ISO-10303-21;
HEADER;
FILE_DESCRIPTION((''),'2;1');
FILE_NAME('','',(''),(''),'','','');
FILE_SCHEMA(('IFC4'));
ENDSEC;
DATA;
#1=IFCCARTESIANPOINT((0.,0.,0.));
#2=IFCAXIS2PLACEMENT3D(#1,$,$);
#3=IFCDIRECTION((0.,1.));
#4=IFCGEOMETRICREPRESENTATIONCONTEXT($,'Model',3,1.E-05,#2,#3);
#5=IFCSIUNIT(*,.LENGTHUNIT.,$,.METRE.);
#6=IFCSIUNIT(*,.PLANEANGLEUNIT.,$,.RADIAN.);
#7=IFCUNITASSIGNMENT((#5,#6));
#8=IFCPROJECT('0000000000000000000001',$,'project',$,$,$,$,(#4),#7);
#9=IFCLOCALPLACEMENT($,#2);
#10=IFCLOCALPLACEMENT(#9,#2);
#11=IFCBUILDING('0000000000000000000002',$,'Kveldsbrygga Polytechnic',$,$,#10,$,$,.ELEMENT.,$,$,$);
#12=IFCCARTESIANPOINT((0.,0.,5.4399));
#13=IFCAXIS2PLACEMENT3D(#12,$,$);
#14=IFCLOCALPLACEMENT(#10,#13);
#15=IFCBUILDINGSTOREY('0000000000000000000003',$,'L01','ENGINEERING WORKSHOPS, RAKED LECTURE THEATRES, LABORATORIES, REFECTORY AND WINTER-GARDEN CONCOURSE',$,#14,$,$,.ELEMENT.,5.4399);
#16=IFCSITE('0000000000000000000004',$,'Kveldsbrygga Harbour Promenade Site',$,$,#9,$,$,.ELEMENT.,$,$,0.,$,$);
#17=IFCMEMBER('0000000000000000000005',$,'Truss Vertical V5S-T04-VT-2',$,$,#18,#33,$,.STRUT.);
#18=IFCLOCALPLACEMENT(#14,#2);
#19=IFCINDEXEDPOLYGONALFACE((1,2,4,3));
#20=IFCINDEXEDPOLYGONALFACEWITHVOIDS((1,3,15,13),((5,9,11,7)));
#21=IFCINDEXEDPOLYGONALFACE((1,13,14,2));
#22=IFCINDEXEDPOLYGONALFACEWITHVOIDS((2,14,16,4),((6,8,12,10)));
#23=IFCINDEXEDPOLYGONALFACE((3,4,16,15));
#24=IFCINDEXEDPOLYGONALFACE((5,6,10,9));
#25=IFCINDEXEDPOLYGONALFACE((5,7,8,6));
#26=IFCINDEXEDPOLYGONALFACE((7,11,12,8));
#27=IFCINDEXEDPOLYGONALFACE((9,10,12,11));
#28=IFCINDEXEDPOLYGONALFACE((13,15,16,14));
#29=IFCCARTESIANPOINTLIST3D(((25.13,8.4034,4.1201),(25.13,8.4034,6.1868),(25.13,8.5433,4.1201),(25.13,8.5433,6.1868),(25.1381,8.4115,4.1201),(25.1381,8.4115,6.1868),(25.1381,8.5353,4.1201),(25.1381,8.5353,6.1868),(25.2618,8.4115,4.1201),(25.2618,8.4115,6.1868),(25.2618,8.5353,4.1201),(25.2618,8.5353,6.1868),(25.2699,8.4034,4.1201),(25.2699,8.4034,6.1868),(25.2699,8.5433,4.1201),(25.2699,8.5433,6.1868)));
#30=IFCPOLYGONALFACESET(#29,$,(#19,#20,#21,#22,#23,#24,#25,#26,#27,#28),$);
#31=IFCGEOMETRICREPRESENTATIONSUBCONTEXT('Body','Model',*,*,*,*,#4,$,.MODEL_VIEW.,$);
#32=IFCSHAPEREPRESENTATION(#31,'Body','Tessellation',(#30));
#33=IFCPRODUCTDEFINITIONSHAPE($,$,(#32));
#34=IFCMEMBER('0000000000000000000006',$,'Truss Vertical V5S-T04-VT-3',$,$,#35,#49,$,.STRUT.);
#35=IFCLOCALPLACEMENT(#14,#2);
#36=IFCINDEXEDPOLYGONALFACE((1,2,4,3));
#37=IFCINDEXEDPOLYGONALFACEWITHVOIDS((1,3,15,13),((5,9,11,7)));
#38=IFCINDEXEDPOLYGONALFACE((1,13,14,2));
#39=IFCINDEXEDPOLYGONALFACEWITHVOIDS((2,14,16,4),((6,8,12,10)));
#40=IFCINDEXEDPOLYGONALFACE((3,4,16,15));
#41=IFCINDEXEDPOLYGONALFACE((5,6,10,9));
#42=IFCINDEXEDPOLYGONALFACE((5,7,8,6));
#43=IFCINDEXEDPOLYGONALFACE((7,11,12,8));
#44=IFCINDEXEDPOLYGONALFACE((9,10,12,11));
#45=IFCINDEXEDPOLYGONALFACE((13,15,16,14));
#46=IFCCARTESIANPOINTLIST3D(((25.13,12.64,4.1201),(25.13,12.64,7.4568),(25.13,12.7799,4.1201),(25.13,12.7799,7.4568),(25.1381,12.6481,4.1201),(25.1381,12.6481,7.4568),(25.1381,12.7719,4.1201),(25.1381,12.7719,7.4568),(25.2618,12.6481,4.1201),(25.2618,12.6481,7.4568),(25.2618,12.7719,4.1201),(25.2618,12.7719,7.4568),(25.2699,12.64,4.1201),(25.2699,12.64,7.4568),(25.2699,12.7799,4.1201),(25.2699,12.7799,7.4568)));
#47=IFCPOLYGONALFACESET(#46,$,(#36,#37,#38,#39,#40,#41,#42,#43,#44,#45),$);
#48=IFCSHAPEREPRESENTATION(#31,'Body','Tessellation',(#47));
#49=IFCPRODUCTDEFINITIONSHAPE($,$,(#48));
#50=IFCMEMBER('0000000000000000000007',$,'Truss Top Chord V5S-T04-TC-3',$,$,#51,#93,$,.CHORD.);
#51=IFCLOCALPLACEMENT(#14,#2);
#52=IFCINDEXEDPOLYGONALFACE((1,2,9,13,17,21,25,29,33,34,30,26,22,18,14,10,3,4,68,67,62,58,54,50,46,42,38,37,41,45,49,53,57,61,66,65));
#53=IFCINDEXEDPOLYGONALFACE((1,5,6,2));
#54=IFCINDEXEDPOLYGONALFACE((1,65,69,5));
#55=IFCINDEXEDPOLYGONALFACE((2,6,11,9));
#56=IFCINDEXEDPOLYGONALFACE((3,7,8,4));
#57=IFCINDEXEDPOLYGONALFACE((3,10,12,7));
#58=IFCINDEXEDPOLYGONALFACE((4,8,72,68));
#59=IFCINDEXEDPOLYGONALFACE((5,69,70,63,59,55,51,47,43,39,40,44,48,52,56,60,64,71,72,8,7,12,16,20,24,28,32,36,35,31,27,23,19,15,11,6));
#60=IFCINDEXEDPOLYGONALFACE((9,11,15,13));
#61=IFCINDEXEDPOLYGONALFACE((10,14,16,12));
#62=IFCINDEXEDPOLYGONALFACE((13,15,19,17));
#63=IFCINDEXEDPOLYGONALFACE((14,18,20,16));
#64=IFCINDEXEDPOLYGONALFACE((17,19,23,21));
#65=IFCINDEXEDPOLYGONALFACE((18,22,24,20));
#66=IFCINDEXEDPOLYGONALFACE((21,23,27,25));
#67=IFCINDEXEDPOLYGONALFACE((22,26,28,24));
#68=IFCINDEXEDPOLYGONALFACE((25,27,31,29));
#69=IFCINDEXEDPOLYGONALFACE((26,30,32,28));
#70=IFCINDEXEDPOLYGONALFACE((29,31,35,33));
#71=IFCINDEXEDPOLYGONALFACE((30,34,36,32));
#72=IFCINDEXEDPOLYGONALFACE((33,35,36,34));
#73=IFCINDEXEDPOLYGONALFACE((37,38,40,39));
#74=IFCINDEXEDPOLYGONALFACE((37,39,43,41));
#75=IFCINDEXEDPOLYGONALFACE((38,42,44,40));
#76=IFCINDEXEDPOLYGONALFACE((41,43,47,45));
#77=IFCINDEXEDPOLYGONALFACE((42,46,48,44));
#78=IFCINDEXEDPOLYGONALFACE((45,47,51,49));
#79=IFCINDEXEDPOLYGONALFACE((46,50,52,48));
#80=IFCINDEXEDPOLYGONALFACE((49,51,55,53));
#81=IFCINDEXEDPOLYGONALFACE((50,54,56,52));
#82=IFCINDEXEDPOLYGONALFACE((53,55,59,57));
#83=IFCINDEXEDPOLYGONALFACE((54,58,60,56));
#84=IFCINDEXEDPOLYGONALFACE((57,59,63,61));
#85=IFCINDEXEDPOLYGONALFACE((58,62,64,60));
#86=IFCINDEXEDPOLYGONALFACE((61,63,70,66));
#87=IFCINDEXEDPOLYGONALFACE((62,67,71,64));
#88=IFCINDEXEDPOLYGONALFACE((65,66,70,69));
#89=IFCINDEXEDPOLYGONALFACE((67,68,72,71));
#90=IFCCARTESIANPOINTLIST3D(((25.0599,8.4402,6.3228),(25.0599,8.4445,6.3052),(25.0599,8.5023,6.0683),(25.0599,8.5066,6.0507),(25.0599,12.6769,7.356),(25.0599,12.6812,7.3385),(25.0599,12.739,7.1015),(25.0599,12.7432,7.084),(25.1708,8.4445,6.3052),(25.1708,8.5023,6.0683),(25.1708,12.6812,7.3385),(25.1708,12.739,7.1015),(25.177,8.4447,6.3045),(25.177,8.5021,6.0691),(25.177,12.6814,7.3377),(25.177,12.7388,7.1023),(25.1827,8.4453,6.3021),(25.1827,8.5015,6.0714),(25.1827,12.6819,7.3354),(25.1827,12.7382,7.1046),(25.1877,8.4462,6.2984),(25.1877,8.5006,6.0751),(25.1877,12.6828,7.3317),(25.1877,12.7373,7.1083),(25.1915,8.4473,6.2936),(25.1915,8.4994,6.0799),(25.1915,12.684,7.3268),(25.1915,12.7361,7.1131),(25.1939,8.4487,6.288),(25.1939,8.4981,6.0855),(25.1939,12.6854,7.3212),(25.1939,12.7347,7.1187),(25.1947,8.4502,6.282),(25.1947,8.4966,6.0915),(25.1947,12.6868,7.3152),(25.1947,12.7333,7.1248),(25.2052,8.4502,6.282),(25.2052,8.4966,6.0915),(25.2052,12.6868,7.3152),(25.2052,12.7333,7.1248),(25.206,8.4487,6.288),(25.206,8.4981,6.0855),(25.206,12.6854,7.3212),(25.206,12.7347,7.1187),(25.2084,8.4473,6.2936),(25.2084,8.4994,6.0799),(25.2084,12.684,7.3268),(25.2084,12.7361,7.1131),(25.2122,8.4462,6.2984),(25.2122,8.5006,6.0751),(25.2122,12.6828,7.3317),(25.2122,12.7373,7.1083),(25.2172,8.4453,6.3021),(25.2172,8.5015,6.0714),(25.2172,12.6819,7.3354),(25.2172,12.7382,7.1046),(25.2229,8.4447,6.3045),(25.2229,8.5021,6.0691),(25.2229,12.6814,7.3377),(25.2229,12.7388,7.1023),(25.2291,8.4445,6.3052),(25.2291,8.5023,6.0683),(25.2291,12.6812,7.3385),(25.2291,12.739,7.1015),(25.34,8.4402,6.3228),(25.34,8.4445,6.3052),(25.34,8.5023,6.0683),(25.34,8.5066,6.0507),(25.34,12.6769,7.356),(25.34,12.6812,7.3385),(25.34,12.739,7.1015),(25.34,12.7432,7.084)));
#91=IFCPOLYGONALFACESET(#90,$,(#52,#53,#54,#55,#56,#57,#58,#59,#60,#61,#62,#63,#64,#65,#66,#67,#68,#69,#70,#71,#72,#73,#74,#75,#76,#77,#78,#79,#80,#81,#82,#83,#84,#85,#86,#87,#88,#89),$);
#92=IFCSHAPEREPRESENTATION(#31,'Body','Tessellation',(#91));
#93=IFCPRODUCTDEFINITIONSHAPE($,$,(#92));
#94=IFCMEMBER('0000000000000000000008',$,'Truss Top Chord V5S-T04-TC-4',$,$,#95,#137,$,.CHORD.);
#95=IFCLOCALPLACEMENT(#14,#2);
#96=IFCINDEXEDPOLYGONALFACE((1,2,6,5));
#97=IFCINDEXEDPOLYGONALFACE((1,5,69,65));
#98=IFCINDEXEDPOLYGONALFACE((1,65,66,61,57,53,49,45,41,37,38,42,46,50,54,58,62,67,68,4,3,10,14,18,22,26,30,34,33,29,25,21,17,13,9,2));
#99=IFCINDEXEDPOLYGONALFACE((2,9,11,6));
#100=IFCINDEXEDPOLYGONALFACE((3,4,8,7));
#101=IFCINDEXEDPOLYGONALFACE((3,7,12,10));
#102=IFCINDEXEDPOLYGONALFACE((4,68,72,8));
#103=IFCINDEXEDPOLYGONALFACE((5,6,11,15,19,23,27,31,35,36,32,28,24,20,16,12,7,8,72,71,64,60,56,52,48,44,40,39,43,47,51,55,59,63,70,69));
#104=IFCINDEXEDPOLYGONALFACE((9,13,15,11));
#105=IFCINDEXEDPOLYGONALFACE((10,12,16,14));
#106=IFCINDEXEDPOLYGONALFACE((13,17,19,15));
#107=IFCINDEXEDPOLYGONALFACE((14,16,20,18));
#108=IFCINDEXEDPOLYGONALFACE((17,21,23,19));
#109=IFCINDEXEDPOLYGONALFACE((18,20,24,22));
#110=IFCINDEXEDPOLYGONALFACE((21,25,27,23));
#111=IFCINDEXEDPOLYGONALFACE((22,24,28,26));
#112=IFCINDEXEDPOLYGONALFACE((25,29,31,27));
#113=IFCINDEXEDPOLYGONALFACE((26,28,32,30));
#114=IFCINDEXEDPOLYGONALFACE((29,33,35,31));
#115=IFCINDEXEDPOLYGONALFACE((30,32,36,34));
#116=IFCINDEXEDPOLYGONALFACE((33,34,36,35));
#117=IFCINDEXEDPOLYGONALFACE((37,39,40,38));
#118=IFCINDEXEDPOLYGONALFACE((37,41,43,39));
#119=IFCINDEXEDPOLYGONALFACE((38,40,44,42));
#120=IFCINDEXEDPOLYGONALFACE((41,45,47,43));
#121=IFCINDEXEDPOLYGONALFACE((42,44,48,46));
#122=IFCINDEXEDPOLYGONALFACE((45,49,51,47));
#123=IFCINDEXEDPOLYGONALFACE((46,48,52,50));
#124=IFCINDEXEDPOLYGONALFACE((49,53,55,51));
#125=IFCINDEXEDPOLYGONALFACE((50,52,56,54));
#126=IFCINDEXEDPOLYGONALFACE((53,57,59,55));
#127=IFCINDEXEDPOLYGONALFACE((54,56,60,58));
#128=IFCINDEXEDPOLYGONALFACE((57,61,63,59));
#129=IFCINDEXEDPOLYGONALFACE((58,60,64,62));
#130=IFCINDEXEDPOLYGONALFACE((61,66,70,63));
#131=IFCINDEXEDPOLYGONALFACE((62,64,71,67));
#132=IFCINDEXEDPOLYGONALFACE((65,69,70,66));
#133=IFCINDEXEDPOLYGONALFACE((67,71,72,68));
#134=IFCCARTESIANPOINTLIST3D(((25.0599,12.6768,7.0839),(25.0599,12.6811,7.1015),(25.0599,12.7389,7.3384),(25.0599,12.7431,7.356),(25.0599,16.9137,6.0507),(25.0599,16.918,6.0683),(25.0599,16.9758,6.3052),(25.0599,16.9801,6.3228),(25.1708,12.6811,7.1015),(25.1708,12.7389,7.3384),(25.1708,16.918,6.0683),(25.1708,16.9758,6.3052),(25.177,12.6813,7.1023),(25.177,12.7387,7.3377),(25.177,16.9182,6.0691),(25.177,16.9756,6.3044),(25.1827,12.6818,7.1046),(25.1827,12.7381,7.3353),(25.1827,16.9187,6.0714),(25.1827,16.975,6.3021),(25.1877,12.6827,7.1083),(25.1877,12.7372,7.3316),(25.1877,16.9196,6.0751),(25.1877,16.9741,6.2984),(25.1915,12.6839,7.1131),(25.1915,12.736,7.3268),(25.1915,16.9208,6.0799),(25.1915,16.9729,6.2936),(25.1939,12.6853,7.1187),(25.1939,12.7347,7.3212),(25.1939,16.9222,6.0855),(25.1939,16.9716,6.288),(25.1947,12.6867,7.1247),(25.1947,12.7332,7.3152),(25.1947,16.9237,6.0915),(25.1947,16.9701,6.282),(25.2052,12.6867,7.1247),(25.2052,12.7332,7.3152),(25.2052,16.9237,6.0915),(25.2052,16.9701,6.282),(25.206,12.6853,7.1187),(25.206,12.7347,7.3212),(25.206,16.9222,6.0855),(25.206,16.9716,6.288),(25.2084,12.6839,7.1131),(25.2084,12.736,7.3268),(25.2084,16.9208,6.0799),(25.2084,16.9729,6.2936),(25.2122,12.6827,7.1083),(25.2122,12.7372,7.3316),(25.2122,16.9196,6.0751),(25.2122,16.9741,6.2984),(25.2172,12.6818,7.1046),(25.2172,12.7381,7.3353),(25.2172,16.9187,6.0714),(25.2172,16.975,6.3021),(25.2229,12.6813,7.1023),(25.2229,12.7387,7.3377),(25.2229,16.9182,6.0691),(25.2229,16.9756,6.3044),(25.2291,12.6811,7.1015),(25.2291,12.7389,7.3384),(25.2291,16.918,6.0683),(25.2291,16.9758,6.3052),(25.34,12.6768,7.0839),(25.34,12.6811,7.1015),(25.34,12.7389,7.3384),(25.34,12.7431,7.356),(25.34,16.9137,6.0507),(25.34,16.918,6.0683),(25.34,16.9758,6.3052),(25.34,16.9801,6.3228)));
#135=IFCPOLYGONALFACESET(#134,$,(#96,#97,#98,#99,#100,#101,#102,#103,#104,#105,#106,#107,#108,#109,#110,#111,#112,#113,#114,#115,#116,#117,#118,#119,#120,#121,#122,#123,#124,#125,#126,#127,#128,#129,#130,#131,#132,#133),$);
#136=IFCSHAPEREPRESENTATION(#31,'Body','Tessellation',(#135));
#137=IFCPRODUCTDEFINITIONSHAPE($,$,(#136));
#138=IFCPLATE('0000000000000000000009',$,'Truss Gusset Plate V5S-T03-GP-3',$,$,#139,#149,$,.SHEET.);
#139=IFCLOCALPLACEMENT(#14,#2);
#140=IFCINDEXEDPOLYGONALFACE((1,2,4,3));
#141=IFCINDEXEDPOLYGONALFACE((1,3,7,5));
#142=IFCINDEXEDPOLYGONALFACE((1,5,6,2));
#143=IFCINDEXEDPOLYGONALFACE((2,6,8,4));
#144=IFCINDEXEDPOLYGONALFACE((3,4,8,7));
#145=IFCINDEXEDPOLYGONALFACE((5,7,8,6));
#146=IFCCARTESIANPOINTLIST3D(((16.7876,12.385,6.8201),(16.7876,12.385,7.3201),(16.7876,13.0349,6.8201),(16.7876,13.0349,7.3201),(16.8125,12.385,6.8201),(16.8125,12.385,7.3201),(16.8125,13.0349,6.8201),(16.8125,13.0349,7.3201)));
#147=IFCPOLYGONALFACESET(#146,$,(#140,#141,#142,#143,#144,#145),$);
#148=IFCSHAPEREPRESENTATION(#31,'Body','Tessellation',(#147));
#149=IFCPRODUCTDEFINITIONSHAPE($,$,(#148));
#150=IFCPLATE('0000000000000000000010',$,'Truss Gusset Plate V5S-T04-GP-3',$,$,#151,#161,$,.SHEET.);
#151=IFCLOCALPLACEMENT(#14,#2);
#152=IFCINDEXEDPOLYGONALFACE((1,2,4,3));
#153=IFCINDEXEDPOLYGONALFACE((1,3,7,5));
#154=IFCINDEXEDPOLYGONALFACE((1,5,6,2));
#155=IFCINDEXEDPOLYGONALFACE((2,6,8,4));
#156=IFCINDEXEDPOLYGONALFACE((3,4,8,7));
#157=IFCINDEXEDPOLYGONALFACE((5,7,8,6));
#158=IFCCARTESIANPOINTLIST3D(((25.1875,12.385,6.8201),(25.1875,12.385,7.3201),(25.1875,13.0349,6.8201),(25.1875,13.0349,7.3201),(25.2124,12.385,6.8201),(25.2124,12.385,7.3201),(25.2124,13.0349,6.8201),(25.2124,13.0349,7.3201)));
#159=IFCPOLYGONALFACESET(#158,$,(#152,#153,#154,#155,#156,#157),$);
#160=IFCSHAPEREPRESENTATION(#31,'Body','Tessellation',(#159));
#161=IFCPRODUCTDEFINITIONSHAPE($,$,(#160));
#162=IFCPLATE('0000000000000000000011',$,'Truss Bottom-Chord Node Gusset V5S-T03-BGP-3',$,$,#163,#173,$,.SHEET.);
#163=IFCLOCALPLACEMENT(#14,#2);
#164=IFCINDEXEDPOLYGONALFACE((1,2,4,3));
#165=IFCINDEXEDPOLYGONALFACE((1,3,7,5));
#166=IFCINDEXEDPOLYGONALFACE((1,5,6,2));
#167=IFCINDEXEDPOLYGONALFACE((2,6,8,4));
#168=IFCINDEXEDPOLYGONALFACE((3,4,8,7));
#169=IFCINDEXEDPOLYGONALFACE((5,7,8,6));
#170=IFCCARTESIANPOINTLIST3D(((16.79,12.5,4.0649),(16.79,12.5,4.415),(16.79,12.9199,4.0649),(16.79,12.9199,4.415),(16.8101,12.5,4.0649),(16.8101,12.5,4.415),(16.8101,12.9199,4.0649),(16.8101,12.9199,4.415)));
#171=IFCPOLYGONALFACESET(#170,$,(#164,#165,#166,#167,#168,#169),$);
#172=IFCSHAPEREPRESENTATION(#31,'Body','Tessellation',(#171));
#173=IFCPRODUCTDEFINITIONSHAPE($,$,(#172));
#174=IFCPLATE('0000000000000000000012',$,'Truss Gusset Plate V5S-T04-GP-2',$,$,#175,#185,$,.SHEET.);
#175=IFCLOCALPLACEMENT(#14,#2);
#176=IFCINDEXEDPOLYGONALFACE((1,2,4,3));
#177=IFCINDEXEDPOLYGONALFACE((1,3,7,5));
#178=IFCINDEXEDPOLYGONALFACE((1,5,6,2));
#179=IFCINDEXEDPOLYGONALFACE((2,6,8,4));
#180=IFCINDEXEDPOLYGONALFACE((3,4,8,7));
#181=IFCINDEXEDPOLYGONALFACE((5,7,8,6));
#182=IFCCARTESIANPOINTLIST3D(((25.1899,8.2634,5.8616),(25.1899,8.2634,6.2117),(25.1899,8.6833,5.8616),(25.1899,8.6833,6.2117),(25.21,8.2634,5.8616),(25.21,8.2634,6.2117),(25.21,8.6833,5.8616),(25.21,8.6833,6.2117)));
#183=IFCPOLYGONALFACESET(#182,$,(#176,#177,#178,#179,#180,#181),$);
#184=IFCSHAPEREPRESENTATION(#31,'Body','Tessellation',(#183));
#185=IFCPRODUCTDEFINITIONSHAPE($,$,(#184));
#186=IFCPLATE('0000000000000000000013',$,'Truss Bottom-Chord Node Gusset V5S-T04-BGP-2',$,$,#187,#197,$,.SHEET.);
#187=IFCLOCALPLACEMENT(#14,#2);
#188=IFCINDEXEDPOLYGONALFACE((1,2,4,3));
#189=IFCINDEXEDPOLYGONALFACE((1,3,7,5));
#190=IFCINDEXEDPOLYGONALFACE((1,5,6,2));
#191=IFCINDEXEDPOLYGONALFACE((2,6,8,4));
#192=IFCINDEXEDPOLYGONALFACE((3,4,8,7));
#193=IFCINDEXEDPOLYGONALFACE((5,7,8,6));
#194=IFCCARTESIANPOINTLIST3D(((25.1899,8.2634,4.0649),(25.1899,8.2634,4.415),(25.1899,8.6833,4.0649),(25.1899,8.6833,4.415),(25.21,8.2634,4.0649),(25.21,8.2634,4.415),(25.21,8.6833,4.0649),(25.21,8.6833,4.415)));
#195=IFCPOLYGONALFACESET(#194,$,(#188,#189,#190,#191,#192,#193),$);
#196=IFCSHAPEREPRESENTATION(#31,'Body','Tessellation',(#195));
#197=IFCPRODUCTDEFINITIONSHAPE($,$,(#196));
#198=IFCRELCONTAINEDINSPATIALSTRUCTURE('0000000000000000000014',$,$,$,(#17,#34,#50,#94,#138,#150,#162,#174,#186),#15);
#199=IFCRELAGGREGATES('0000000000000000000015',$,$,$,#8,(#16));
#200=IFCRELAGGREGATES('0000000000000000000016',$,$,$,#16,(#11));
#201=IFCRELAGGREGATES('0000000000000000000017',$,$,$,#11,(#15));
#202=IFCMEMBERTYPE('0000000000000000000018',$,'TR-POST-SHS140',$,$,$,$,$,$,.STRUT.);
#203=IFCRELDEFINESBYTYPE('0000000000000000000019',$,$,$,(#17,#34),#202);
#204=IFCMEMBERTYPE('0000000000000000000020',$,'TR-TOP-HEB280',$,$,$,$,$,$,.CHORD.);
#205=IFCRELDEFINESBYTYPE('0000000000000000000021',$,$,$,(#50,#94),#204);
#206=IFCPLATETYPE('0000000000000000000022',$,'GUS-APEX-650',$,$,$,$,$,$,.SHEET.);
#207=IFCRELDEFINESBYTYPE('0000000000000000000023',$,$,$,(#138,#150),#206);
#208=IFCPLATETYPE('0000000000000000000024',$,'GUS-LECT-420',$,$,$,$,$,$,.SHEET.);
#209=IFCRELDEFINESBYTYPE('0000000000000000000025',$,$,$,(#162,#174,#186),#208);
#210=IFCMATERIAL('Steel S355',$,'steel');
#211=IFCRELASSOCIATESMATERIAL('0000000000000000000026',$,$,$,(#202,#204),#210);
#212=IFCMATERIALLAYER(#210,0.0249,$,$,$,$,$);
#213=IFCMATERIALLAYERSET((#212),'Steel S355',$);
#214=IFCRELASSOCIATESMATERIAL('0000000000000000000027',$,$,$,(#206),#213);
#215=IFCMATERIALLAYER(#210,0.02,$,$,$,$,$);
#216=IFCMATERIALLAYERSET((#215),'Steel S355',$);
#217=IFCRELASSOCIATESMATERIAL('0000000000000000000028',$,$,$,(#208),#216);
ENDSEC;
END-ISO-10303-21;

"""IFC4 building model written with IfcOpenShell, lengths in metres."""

from ifc_helpers import new_model, si_unit, direction, frame, origin, origin_2d, place, context, subcontext, project, spatial, rectangle, hollow_rectangle, i_section, extrude, material, layer, layer_set, material_profile, profile_set, type_object, element, save


model = new_model("IFC4")

# Units and contexts
model_context = context("Model", 3, precision=1e-05, world=origin(), true_north=direction((0.0, 1.0)))
body_context = subcontext(model_context, "Body", "Model", "MODEL_VIEW")
ifc_project = project(units=[si_unit("LENGTHUNIT", "METRE"), si_unit("PLANEANGLEUNIT", "RADIAN")], contexts=[model_context])

# Site, building, storey
site_placement = place(None, origin())
site = spatial("IfcSite", under=ifc_project, at=site_placement, Name="Kveldsbrygga Harbour Promenade Site", CompositionType="ELEMENT", RefElevation=0.0)
building_placement = place(site_placement, origin())
building = spatial("IfcBuilding", under=site, at=building_placement, Name="Kveldsbrygga Polytechnic", CompositionType="ELEMENT")
storey_placement = place(building_placement, frame((0.0, 0.0, 5.4399)))
storey = spatial("IfcBuildingStorey", under=building, at=storey_placement, Name="L01", Description="ENGINEERING WORKSHOPS, RAKED LECTURE THEATRES, LABORATORIES, REFECTORY AND WINTER-GARDEN CONCOURSE", CompositionType="ELEMENT", Elevation=5.4399)

# Members
ifc_material_1 = material(Name="Steel S355", Category="steel")
ifc_material_profile_1 = material_profile(ifc_material_1, hollow_rectangle(XDim=0.1399, YDim=0.1399, WallThickness=0.0081, at=origin_2d()), Name="SHS 140x140x8.0")
ifc_profile_set_1 = profile_set([ifc_material_profile_1], Name="Steel S355")
member_type_1 = type_object("IfcMemberType", Name="TR-POST-SHS140", PredefinedType="STRUT", material=ifc_profile_set_1)
member_1_placement = place(storey_placement, frame((25.2, 8.4734, 4.1201), z_axis=(0.0, 0.0, 1.0), x_axis=(1.0, 0.0, 0.0)))
element("IfcMember", 1, at=member_1_placement, inside=storey, type_object=member_type_1, Name="Truss Vertical V5S-T04-VT-2", PredefinedType="STRUT", context=body_context, shape_type="SweptSolid", body=[
    extrude(hollow_rectangle(XDim=0.1399, YDim=0.1399, WallThickness=0.0081, at=origin_2d()), origin(), (0.0, 0.0, 1.0), 2.0667),
])
member_2_placement = place(storey_placement, frame((25.2, 12.71, 4.1201), z_axis=(0.0, 0.0, 1.0), x_axis=(1.0, 0.0, 0.0)))
element("IfcMember", 2, at=member_2_placement, inside=storey, type_object=member_type_1, Name="Truss Vertical V5S-T04-VT-3", PredefinedType="STRUT", context=body_context, shape_type="SweptSolid", body=[
    extrude(hollow_rectangle(XDim=0.1399, YDim=0.1399, WallThickness=0.0081, at=origin_2d()), origin(), (0.0, 0.0, 1.0), 3.3367),
])
ifc_material_profile_2 = material_profile(ifc_material_1, i_section(OverallWidth=0.28, OverallDepth=0.28, WebThickness=0.0105, FlangeThickness=0.0181, FilletRadius=0.0239, at=origin_2d()), Name="HEB 280")
ifc_profile_set_2 = profile_set([ifc_material_profile_2], Name="Steel S355")
member_type_2 = type_object("IfcMemberType", Name="TR-TOP-HEB280", PredefinedType="CHORD", material=ifc_profile_set_2)
member_3_placement = place(storey_placement, frame((25.2, 8.4734, 6.1868), z_axis=(0.0, 0.971526, 0.236933), x_axis=(-1.0, 0.0, 0.0)))
element("IfcMember", 3, at=member_3_placement, inside=storey, type_object=member_type_2, Name="Truss Top Chord V5S-T04-TC-3", PredefinedType="CHORD", context=body_context, shape_type="SweptSolid", body=[
    extrude(i_section(OverallWidth=0.28, OverallDepth=0.28, WebThickness=0.0105, FlangeThickness=0.0181, FilletRadius=0.0239, at=origin_2d()), origin(), (0.0, 0.0, 1.0), 4.3608),
])
member_4_placement = place(storey_placement, frame((25.2, 12.71, 7.22), z_axis=(0.0, 0.971529, -0.23692), x_axis=(-1.0, 0.0, 0.0)))
element("IfcMember", 4, at=member_4_placement, inside=storey, type_object=member_type_2, Name="Truss Top Chord V5S-T04-TC-4", PredefinedType="CHORD", context=body_context, shape_type="SweptSolid", body=[
    extrude(i_section(OverallWidth=0.28, OverallDepth=0.28, WebThickness=0.0105, FlangeThickness=0.0181, FilletRadius=0.0239, at=origin_2d()), origin(), (0.0, 0.0, 1.0), 4.3611),
])

# Plates
ifc_layer_1 = layer(ifc_material_1, 0.0249)
ifc_layer_set_1 = layer_set([ifc_layer_1], Name="Steel S355")
plate_type_1 = type_object("IfcPlateType", Name="GUS-APEX-650", PredefinedType="SHEET", material=ifc_layer_set_1)
for number, where, z_axis, x_axis, name in (
    (5, (16.8, 12.71, 6.8201), (0.0, 0.0, 1.0), (1.0, 0.0, 0.0), "Truss Gusset Plate V5S-T03-GP-3"),
    (6, (25.2, 12.71, 6.8201), (0.0, 0.0, 1.0), (1.0, 0.0, 0.0), "Truss Gusset Plate V5S-T04-GP-3"),
):
    element("IfcPlate", number, at=place(storey_placement, frame(where, z_axis=z_axis, x_axis=x_axis)), inside=storey, type_object=plate_type_1, Name=name, PredefinedType="SHEET", context=body_context, shape_type="SweptSolid", body=[
        extrude(rectangle(XDim=0.0249, YDim=0.6499, at=origin_2d()), origin(), (0.0, 0.0, 1.0), 0.5),
    ])
ifc_layer_2 = layer(ifc_material_1, 0.02)
ifc_layer_set_2 = layer_set([ifc_layer_2], Name="Steel S355")
plate_type_2 = type_object("IfcPlateType", Name="GUS-LECT-420", PredefinedType="SHEET", material=ifc_layer_set_2)
for number, where, z_axis, x_axis, name in (
    (7, (16.8, 12.71, 4.0649), (0.0, 0.0, 1.0), (1.0, 0.0, 0.0), "Truss Bottom-Chord Node Gusset V5S-T03-BGP-3"),
    (8, (25.2, 8.4734, 5.8616), (0.0, 0.0, 1.0), (1.0, 0.0, 0.0), "Truss Gusset Plate V5S-T04-GP-2"),
    (9, (25.2, 8.4734, 4.0649), (0.0, 0.0, 1.0), (1.0, 0.0, 0.0), "Truss Bottom-Chord Node Gusset V5S-T04-BGP-2"),
):
    element("IfcPlate", number, at=place(storey_placement, frame(where, z_axis=z_axis, x_axis=x_axis)), inside=storey, type_object=plate_type_2, Name=name, PredefinedType="SHEET", context=body_context, shape_type="SweptSolid", body=[
        extrude(rectangle(XDim=0.02, YDim=0.4199, at=origin_2d()), origin(), (0.0, 0.0, 1.0), 0.3501),
    ])

save(model, "model.ifc")
